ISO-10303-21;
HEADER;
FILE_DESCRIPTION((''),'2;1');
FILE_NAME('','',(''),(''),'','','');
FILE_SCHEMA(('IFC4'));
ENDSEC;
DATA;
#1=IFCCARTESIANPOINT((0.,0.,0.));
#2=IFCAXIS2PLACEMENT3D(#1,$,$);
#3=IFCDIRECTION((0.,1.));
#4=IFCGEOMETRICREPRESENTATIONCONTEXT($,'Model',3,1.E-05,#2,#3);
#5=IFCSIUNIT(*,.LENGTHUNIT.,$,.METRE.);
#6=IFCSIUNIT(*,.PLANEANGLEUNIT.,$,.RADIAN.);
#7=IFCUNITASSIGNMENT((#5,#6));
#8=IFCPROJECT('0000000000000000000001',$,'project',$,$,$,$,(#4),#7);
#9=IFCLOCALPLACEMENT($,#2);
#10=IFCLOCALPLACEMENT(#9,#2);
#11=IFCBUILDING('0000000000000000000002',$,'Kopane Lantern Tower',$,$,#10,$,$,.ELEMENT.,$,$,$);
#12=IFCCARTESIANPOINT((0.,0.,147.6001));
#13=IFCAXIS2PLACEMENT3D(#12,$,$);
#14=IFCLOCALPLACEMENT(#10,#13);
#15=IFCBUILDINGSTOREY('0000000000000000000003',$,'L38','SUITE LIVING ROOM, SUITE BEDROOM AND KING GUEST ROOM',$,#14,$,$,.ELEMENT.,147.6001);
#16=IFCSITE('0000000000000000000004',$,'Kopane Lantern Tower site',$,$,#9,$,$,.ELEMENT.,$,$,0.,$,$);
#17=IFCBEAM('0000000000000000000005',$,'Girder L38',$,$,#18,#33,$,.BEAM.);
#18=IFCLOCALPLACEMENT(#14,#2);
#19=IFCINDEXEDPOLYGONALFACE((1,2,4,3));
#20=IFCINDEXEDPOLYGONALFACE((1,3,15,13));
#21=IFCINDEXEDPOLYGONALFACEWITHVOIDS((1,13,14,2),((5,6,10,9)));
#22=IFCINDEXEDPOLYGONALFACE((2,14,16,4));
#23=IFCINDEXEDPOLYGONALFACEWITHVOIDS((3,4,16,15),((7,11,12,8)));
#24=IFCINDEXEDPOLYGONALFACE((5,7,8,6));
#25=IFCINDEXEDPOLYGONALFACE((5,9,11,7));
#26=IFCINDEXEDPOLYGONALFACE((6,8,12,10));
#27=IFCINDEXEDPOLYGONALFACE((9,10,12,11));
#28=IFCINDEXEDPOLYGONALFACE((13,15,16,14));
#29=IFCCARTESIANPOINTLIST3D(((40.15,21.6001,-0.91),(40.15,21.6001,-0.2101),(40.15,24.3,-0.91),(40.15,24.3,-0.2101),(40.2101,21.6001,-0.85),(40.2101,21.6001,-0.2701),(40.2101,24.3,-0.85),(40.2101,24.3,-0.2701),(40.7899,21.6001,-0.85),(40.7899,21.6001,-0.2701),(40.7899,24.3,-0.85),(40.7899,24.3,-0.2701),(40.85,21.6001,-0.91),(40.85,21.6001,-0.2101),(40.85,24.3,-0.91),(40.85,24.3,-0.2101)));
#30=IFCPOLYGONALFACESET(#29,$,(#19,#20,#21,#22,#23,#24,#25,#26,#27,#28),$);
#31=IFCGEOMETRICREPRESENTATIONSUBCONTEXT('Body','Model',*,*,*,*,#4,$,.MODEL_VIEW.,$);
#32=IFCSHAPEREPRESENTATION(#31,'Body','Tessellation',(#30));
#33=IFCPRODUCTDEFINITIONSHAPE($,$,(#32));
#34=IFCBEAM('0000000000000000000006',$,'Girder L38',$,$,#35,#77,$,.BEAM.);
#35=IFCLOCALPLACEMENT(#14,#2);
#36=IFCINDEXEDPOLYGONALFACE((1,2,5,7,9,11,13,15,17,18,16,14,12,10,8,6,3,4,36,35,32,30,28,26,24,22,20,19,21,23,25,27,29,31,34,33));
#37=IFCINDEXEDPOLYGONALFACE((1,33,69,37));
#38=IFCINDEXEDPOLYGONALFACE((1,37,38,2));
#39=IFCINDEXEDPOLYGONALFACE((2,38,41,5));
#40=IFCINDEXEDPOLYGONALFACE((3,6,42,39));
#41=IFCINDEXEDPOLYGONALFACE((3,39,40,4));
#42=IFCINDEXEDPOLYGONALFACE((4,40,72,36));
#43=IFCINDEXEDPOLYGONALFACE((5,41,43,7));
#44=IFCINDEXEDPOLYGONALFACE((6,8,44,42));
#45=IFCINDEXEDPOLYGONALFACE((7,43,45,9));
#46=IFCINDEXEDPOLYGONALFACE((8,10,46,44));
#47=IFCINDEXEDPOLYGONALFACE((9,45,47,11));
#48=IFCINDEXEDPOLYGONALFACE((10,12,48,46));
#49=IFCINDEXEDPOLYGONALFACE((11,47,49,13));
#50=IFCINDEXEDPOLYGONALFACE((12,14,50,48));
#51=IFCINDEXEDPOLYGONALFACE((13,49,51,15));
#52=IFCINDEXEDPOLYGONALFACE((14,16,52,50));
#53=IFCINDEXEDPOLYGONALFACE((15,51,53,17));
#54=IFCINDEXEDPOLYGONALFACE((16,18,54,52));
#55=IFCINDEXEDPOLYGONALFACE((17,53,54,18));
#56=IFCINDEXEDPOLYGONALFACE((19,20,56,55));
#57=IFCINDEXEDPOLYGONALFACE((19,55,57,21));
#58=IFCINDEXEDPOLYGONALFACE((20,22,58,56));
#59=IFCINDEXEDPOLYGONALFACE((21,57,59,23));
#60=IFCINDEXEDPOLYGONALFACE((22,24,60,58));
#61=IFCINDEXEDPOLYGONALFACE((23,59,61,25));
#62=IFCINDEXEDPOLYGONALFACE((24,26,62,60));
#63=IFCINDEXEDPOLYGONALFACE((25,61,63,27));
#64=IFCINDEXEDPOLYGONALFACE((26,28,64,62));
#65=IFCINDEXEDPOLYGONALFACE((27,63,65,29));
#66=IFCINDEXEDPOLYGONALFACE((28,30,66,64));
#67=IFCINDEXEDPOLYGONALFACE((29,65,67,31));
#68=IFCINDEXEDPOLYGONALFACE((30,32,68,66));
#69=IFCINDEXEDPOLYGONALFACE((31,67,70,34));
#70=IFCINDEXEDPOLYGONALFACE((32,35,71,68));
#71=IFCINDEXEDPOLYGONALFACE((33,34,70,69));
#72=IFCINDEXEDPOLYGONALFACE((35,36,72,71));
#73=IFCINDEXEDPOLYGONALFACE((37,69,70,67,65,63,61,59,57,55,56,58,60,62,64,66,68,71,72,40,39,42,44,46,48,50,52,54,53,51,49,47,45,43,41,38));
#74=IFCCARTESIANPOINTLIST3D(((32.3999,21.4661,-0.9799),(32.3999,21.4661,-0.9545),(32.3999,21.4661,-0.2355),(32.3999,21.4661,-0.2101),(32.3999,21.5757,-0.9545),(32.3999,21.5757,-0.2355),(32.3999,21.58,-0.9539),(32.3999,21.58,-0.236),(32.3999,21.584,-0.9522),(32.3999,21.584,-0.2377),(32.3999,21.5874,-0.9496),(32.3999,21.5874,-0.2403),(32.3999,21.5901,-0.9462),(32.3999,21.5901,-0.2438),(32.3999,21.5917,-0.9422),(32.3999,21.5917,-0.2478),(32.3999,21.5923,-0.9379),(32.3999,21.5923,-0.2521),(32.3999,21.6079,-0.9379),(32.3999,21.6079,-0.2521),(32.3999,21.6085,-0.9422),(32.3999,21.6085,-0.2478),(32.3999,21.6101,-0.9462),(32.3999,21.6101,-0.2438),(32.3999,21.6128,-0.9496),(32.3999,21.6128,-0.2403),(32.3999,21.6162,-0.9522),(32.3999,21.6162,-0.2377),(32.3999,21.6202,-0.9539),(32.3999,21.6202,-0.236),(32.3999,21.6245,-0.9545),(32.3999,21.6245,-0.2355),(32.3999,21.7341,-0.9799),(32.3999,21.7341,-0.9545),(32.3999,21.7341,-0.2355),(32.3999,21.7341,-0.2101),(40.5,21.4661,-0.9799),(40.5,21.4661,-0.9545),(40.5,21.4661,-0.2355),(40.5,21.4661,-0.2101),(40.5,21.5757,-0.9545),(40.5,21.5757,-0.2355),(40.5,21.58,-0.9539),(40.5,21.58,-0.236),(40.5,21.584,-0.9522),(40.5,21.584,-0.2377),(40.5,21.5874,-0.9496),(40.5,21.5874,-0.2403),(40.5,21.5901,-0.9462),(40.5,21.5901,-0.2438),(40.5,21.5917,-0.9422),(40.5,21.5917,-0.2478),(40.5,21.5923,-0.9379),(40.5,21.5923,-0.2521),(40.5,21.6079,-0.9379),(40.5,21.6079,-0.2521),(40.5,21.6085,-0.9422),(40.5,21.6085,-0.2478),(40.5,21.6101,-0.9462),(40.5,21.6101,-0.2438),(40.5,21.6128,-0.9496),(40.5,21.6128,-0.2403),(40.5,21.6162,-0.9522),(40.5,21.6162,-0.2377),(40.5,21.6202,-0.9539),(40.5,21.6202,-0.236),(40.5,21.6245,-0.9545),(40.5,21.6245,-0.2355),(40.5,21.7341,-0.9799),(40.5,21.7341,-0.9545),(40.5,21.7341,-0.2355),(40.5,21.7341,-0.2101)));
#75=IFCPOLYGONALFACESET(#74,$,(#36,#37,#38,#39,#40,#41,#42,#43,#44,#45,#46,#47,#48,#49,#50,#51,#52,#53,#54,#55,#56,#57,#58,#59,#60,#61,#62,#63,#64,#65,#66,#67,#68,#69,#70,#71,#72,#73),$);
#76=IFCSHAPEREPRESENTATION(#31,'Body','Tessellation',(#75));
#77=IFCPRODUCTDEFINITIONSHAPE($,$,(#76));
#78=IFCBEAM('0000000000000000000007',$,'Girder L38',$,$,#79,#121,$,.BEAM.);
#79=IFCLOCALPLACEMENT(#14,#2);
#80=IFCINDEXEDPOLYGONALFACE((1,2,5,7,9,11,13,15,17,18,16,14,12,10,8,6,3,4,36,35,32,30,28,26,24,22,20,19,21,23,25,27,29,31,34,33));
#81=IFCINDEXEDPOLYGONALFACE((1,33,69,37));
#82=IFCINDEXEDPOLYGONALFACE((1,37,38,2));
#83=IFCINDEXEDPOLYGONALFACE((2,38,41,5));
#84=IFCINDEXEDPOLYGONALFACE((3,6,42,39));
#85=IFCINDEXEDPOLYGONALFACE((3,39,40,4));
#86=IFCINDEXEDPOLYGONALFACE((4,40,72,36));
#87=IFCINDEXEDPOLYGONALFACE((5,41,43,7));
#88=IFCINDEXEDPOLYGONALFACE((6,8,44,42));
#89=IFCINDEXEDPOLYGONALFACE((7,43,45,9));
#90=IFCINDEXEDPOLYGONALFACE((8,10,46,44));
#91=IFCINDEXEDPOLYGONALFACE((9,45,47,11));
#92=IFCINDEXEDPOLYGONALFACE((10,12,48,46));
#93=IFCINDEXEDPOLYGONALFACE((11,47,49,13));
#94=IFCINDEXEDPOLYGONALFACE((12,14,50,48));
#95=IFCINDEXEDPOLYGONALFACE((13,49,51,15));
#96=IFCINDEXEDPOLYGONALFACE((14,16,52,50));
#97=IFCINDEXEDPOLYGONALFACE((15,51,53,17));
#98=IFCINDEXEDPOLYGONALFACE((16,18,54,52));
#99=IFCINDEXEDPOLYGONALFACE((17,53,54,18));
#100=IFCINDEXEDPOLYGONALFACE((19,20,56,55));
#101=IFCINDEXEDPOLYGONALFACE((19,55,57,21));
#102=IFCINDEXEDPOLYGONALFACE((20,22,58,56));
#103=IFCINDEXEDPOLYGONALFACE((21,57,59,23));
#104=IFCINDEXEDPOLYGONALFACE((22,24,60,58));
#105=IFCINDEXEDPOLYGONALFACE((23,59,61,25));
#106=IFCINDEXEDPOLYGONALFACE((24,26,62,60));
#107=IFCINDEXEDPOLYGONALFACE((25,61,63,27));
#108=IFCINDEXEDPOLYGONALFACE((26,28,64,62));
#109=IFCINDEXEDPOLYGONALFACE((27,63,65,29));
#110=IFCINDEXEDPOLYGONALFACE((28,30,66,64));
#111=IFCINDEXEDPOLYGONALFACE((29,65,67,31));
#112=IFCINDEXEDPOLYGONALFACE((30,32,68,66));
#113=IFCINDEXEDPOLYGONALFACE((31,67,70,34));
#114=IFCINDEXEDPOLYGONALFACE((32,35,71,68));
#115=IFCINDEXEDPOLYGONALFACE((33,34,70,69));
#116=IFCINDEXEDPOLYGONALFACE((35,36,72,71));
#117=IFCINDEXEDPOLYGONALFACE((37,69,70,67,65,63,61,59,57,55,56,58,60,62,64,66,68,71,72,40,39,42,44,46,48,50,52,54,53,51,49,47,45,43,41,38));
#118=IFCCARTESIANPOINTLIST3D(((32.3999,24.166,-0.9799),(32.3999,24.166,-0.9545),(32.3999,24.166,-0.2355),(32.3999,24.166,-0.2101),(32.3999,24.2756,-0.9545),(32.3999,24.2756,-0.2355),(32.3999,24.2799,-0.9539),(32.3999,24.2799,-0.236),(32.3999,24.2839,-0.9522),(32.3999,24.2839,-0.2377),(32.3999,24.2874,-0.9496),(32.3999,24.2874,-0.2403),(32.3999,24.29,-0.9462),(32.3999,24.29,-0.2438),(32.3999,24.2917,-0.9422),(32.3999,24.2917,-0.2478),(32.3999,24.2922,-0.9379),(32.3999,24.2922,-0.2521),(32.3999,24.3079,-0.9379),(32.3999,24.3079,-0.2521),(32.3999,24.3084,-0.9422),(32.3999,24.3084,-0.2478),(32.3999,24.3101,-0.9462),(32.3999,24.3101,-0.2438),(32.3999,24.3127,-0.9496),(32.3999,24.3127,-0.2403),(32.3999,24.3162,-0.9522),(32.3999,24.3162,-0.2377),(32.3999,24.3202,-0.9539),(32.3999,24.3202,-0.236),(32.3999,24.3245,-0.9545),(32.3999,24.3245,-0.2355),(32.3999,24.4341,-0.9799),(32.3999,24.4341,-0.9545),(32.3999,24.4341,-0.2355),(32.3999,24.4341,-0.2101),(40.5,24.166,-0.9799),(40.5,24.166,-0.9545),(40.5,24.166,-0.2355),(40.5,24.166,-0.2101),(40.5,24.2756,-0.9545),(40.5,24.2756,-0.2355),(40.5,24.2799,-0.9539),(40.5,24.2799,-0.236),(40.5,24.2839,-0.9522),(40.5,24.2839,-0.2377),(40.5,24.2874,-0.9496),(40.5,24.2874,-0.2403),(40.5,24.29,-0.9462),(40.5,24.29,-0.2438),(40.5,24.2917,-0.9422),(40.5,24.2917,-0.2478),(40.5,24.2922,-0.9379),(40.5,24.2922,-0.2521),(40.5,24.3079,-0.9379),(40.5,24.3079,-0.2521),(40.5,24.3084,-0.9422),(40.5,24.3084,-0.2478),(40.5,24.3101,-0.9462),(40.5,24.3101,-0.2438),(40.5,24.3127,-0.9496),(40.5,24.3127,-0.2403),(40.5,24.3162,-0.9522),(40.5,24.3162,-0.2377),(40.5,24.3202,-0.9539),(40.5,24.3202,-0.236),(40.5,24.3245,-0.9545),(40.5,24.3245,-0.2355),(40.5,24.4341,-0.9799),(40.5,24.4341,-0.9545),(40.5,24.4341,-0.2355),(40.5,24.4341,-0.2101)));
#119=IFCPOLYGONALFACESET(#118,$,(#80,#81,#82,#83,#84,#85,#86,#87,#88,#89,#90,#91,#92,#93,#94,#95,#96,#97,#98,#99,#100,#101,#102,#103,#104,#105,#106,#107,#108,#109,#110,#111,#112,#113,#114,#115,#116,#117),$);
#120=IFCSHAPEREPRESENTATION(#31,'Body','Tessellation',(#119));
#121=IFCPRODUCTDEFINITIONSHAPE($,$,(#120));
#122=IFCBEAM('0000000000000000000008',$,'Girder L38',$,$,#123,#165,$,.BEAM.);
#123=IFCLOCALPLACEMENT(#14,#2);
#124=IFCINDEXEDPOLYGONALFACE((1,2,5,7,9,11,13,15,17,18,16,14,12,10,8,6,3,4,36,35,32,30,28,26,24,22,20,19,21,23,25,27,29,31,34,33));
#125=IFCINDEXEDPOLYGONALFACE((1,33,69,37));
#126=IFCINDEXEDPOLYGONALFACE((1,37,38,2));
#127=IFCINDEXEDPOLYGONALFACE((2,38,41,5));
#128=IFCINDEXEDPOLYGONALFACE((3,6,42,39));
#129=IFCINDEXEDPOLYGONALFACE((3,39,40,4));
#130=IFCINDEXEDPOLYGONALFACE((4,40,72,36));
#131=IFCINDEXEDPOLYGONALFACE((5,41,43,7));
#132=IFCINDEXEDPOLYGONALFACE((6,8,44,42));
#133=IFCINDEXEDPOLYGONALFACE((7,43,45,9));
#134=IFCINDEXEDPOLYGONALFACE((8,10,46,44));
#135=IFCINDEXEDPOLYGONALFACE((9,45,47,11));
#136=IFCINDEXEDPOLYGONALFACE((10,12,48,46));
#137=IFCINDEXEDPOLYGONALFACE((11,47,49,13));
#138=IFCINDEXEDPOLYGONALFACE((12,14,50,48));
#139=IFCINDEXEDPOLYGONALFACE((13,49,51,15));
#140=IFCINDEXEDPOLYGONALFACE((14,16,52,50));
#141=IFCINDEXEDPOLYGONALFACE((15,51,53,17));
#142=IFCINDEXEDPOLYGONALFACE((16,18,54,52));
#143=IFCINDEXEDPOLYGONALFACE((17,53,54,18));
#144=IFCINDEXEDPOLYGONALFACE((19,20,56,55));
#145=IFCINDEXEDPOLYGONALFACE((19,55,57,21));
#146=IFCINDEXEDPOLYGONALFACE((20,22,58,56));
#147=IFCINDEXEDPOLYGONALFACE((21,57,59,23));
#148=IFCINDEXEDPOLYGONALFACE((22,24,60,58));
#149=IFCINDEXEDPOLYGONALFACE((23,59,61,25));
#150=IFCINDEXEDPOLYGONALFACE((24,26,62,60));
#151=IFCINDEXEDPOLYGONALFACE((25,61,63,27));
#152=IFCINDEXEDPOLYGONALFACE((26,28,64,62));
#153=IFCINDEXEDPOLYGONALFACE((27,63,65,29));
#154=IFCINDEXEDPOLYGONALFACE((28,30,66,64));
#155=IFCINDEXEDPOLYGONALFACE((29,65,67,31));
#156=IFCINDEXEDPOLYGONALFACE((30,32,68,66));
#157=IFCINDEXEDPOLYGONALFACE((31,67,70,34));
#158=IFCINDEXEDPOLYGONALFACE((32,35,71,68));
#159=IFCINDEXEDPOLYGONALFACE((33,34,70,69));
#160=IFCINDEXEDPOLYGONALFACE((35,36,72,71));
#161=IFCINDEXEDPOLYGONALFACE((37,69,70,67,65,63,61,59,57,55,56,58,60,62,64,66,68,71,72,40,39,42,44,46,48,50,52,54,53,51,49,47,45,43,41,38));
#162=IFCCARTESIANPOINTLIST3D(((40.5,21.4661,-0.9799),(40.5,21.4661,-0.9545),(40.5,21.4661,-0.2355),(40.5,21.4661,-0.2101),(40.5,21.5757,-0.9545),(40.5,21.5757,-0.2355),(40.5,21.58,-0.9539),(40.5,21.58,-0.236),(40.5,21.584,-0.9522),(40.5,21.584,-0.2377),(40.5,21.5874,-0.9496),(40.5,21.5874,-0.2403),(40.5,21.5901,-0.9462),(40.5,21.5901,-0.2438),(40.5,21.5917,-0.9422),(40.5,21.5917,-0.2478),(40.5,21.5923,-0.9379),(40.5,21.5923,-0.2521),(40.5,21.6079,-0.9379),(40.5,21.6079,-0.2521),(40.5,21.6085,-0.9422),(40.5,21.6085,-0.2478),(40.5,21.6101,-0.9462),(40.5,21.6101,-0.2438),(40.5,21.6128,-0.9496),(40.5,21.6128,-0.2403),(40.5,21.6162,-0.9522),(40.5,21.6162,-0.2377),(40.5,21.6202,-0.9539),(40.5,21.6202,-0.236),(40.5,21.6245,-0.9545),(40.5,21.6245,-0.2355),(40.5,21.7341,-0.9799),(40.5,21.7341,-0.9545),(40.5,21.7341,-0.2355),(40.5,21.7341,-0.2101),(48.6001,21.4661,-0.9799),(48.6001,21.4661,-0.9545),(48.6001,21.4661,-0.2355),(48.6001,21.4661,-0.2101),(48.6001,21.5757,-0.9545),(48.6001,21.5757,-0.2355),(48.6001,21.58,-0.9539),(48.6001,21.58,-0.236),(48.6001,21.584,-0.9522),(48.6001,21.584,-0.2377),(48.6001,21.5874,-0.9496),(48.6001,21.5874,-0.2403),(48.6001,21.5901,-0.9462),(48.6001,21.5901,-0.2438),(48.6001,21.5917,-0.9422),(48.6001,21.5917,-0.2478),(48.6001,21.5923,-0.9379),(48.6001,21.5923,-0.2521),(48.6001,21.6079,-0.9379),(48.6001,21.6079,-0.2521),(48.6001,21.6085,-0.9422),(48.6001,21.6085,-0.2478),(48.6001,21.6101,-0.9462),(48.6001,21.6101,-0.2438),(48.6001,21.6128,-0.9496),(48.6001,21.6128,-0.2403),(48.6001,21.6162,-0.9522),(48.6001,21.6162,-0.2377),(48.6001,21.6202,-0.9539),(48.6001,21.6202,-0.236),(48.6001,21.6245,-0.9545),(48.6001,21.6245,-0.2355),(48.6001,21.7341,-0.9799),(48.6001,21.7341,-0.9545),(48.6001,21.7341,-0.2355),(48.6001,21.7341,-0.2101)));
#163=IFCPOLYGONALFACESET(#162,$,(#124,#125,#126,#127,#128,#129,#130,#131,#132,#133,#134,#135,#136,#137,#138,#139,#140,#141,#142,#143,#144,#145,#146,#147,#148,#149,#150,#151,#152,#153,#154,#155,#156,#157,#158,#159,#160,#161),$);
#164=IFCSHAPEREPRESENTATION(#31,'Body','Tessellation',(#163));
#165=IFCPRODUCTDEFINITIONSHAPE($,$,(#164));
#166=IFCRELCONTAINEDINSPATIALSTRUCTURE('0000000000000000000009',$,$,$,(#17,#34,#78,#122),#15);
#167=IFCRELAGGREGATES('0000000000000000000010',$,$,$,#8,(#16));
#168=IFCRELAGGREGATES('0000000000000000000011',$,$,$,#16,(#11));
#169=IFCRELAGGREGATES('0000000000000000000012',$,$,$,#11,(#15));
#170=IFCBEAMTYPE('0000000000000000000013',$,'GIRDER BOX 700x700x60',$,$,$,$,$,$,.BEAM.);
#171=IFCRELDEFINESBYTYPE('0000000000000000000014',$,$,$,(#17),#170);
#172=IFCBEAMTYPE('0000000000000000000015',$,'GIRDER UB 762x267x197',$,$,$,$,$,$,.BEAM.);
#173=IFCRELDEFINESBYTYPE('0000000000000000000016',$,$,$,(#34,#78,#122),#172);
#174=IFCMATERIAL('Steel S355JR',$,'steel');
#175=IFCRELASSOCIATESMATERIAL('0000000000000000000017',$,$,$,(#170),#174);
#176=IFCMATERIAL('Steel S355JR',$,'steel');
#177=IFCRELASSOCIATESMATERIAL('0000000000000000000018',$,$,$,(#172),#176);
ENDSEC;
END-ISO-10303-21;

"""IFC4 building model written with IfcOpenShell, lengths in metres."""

from ifc_helpers import new_model, si_unit, direction, frame, origin, origin_2d, place, context, subcontext, project, spatial, hollow_rectangle, i_section, extrude, material, material_profile, profile_set, type_object, element, save


model = new_model("IFC4")

# Units and contexts
model_context = context("Model", 3, precision=1e-05, world=origin(), true_north=direction((0.0, 1.0)))
body_context = subcontext(model_context, "Body", "Model", "MODEL_VIEW")
ifc_project = project(units=[si_unit("LENGTHUNIT", "METRE"), si_unit("PLANEANGLEUNIT", "RADIAN")], contexts=[model_context])

# Site, building, storey
site_placement = place(None, origin())
site = spatial("IfcSite", under=ifc_project, at=site_placement, Name="Kopane Lantern Tower site", CompositionType="ELEMENT", RefElevation=0.0)
building_placement = place(site_placement, origin())
building = spatial("IfcBuilding", under=site, at=building_placement, Name="Kopane Lantern Tower", CompositionType="ELEMENT")
storey_placement = place(building_placement, frame((0.0, 0.0, 147.6001)))
storey = spatial("IfcBuildingStorey", under=building, at=storey_placement, Name="L38", Description="SUITE LIVING ROOM, SUITE BEDROOM AND KING GUEST ROOM", CompositionType="ELEMENT", Elevation=147.6001)

# Beams
ifc_material_1 = material(Name="Steel S355JR", Category="steel")
ifc_material_profile_1 = material_profile(ifc_material_1, hollow_rectangle(XDim=0.7, YDim=0.7, WallThickness=0.0601, at=origin_2d()), Name="BOX 700x700x60")
ifc_profile_set_1 = profile_set([ifc_material_profile_1], Name="Steel S355JR")
beam_type_1 = type_object("IfcBeamType", Name="GIRDER BOX 700x700x60", PredefinedType="BEAM", material=ifc_profile_set_1)
for number, where, z_axis, x_axis, name in (
    (1, (40.5, 21.6001, -0.5601), (0.0, 1.0, 0.0), (-1.0, 0.0, 0.0), "Girder L38"),
):
    element("IfcBeam", number, at=place(storey_placement, frame(where, z_axis=z_axis, x_axis=x_axis)), inside=storey, type_object=beam_type_1, Name=name, PredefinedType="BEAM", context=body_context, shape_type="SweptSolid", body=[
        extrude(hollow_rectangle(XDim=0.7, YDim=0.7, WallThickness=0.0601, at=origin_2d()), origin(), (0.0, 0.0, 1.0), 2.7),
    ])
ifc_material_2 = material(Name="Steel S355JR", Category="steel")
ifc_material_profile_2 = material_profile(ifc_material_2, i_section(OverallWidth=0.2681, OverallDepth=0.7698, WebThickness=0.0156, FlangeThickness=0.0254, FilletRadius=0.0166, at=origin_2d()), Name="UB 762x267x197")
ifc_profile_set_2 = profile_set([ifc_material_profile_2], Name="Steel S355JR")
beam_type_2 = type_object("IfcBeamType", Name="GIRDER UB 762x267x197", PredefinedType="BEAM", material=ifc_profile_set_2)
for number, where, z_axis, x_axis, name in (
    (2, (32.3999, 21.6001, -0.595), (1.0, 0.0, 0.0), (0.0, 1.0, 0.0), "Girder L38"),
    (3, (32.3999, 24.3, -0.595), (1.0, 0.0, 0.0), (0.0, 1.0, 0.0), "Girder L38"),
    (4, (40.5, 21.6001, -0.595), (1.0, 0.0, 0.0), (0.0, 1.0, 0.0), "Girder L38"),
):
    element("IfcBeam", number, at=place(storey_placement, frame(where, z_axis=z_axis, x_axis=x_axis)), inside=storey, type_object=beam_type_2, Name=name, PredefinedType="BEAM", context=body_context, shape_type="SweptSolid", body=[
        extrude(i_section(OverallWidth=0.2681, OverallDepth=0.7698, WebThickness=0.0156, FlangeThickness=0.0254, FilletRadius=0.0166, at=origin_2d()), origin(), (0.0, 0.0, 1.0), 8.1001),
    ])

save(model, "model.ifc")
